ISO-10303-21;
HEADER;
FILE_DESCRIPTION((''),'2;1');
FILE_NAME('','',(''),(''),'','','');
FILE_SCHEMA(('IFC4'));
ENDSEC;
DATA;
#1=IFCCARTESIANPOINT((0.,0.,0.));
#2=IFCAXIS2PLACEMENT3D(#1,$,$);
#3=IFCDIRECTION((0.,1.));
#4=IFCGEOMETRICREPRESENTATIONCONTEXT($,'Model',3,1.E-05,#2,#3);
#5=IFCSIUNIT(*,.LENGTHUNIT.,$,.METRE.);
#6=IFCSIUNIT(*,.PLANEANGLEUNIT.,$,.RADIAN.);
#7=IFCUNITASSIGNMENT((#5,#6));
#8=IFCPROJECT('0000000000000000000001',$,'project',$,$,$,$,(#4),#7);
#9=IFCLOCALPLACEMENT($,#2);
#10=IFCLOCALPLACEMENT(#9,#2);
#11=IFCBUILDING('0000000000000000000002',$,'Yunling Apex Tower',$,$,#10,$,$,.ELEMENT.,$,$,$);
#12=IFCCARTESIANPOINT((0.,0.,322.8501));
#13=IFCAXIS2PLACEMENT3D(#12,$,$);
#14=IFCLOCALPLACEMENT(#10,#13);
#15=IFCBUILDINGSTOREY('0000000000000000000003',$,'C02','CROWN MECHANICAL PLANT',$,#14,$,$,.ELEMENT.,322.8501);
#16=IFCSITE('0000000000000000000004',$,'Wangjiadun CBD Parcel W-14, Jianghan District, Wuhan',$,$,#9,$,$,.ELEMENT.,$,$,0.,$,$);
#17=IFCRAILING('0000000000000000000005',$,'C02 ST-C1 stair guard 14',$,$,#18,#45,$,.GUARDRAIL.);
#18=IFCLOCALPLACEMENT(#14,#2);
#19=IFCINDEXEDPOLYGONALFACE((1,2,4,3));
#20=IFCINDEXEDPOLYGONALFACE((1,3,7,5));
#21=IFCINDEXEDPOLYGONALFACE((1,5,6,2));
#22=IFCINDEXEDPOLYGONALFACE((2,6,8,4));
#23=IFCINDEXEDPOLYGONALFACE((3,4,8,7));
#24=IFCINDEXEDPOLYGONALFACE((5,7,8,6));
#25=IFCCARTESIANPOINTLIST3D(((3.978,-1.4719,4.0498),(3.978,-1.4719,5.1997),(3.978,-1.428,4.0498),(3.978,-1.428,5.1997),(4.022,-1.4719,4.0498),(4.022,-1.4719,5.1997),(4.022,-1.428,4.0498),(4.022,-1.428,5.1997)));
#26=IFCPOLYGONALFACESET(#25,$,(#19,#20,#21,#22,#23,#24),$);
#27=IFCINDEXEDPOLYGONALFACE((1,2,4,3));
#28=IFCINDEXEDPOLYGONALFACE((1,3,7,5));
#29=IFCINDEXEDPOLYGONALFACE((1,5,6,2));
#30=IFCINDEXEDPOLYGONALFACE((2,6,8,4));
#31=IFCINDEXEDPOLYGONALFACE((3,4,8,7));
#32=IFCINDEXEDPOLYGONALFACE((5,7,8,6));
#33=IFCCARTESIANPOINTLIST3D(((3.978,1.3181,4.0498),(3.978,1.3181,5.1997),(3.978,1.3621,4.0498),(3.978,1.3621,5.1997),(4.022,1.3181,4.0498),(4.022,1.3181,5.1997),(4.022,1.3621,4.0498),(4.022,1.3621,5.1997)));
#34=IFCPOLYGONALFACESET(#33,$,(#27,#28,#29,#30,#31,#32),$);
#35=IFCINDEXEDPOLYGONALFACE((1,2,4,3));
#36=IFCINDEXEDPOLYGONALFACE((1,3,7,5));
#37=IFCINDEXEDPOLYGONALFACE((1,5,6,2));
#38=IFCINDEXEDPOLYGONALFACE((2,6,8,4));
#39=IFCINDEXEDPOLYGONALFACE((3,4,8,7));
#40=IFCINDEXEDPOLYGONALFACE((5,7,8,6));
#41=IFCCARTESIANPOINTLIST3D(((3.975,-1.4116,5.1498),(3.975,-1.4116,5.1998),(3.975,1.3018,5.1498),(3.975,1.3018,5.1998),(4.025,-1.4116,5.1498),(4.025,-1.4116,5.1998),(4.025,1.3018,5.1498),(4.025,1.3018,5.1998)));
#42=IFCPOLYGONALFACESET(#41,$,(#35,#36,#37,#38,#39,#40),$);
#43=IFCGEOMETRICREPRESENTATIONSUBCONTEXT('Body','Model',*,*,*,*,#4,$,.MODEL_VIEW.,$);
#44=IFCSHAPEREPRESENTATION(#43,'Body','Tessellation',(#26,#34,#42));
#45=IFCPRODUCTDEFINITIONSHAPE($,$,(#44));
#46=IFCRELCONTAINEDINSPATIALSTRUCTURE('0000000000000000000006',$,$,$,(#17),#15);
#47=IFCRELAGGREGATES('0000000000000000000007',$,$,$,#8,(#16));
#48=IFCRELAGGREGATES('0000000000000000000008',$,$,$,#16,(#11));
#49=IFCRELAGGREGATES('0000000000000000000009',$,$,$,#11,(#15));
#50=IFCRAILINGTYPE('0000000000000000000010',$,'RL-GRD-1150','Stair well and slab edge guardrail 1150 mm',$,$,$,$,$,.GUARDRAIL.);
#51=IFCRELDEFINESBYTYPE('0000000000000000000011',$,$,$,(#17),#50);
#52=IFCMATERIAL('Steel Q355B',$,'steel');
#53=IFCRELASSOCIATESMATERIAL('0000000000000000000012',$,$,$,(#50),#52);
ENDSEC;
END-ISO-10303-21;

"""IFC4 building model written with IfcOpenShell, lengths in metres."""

from ifc_helpers import new_model, si_unit, direction, frame, origin, origin_2d, place, context, subcontext, project, spatial, rectangle, extrude, material, type_object, element, save


model = new_model("IFC4")

# Units and contexts
model_context = context("Model", 3, precision=1e-05, world=origin(), true_north=direction((0.0, 1.0)))
body_context = subcontext(model_context, "Body", "Model", "MODEL_VIEW")
ifc_project = project(units=[si_unit("LENGTHUNIT", "METRE"), si_unit("PLANEANGLEUNIT", "RADIAN")], contexts=[model_context])

# Site, building, storey
site_placement = place(None, origin())
site = spatial("IfcSite", under=ifc_project, at=site_placement, Name="Wangjiadun CBD Parcel W-14, Jianghan District, Wuhan", CompositionType="ELEMENT", RefElevation=0.0)
building_placement = place(site_placement, origin())
building = spatial("IfcBuilding", under=site, at=building_placement, Name="Yunling Apex Tower", CompositionType="ELEMENT")
storey_placement = place(building_placement, frame((0.0, 0.0, 322.8501)))
storey = spatial("IfcBuildingStorey", under=building, at=storey_placement, Name="C02", Description="CROWN MECHANICAL PLANT", CompositionType="ELEMENT", Elevation=322.8501)

# Shared definitions
ifc_material_1 = material(Name="Steel Q355B", Category="steel")

# Railing
railing_type = type_object("IfcRailingType", Name="RL-GRD-1150", Description="Stair well and slab edge guardrail 1150 mm", PredefinedType="GUARDRAIL", material=ifc_material_1)
railing_1_placement = place(storey_placement, frame((4.0, -1.45, 4.0498)))
element("IfcRailing", 1, at=railing_1_placement, inside=storey, type_object=railing_type, Name="C02 ST-C1 stair guard 14", PredefinedType="GUARDRAIL", context=body_context, shape_type="SweptSolid", body=[
    extrude(rectangle(XDim=0.0439, YDim=0.0439, at=origin_2d()), origin(), (0.0, 0.0, 1.0), 1.1499),
    extrude(rectangle(XDim=0.0439, YDim=0.0439, at=origin_2d()), frame((0.0, 2.79, 0.0)), (0.0, 0.0, 1.0), 1.1499),
    extrude(rectangle(XDim=0.05, YDim=0.05, at=origin_2d()), frame((0.0, 0.0383, 1.125), z_axis=(0.0, 1.0, 0.0), x_axis=(-1.0, 0.0, 0.0)), (0.0, 0.0, 1.0), 2.7134),
])

save(model, "model.ifc")
